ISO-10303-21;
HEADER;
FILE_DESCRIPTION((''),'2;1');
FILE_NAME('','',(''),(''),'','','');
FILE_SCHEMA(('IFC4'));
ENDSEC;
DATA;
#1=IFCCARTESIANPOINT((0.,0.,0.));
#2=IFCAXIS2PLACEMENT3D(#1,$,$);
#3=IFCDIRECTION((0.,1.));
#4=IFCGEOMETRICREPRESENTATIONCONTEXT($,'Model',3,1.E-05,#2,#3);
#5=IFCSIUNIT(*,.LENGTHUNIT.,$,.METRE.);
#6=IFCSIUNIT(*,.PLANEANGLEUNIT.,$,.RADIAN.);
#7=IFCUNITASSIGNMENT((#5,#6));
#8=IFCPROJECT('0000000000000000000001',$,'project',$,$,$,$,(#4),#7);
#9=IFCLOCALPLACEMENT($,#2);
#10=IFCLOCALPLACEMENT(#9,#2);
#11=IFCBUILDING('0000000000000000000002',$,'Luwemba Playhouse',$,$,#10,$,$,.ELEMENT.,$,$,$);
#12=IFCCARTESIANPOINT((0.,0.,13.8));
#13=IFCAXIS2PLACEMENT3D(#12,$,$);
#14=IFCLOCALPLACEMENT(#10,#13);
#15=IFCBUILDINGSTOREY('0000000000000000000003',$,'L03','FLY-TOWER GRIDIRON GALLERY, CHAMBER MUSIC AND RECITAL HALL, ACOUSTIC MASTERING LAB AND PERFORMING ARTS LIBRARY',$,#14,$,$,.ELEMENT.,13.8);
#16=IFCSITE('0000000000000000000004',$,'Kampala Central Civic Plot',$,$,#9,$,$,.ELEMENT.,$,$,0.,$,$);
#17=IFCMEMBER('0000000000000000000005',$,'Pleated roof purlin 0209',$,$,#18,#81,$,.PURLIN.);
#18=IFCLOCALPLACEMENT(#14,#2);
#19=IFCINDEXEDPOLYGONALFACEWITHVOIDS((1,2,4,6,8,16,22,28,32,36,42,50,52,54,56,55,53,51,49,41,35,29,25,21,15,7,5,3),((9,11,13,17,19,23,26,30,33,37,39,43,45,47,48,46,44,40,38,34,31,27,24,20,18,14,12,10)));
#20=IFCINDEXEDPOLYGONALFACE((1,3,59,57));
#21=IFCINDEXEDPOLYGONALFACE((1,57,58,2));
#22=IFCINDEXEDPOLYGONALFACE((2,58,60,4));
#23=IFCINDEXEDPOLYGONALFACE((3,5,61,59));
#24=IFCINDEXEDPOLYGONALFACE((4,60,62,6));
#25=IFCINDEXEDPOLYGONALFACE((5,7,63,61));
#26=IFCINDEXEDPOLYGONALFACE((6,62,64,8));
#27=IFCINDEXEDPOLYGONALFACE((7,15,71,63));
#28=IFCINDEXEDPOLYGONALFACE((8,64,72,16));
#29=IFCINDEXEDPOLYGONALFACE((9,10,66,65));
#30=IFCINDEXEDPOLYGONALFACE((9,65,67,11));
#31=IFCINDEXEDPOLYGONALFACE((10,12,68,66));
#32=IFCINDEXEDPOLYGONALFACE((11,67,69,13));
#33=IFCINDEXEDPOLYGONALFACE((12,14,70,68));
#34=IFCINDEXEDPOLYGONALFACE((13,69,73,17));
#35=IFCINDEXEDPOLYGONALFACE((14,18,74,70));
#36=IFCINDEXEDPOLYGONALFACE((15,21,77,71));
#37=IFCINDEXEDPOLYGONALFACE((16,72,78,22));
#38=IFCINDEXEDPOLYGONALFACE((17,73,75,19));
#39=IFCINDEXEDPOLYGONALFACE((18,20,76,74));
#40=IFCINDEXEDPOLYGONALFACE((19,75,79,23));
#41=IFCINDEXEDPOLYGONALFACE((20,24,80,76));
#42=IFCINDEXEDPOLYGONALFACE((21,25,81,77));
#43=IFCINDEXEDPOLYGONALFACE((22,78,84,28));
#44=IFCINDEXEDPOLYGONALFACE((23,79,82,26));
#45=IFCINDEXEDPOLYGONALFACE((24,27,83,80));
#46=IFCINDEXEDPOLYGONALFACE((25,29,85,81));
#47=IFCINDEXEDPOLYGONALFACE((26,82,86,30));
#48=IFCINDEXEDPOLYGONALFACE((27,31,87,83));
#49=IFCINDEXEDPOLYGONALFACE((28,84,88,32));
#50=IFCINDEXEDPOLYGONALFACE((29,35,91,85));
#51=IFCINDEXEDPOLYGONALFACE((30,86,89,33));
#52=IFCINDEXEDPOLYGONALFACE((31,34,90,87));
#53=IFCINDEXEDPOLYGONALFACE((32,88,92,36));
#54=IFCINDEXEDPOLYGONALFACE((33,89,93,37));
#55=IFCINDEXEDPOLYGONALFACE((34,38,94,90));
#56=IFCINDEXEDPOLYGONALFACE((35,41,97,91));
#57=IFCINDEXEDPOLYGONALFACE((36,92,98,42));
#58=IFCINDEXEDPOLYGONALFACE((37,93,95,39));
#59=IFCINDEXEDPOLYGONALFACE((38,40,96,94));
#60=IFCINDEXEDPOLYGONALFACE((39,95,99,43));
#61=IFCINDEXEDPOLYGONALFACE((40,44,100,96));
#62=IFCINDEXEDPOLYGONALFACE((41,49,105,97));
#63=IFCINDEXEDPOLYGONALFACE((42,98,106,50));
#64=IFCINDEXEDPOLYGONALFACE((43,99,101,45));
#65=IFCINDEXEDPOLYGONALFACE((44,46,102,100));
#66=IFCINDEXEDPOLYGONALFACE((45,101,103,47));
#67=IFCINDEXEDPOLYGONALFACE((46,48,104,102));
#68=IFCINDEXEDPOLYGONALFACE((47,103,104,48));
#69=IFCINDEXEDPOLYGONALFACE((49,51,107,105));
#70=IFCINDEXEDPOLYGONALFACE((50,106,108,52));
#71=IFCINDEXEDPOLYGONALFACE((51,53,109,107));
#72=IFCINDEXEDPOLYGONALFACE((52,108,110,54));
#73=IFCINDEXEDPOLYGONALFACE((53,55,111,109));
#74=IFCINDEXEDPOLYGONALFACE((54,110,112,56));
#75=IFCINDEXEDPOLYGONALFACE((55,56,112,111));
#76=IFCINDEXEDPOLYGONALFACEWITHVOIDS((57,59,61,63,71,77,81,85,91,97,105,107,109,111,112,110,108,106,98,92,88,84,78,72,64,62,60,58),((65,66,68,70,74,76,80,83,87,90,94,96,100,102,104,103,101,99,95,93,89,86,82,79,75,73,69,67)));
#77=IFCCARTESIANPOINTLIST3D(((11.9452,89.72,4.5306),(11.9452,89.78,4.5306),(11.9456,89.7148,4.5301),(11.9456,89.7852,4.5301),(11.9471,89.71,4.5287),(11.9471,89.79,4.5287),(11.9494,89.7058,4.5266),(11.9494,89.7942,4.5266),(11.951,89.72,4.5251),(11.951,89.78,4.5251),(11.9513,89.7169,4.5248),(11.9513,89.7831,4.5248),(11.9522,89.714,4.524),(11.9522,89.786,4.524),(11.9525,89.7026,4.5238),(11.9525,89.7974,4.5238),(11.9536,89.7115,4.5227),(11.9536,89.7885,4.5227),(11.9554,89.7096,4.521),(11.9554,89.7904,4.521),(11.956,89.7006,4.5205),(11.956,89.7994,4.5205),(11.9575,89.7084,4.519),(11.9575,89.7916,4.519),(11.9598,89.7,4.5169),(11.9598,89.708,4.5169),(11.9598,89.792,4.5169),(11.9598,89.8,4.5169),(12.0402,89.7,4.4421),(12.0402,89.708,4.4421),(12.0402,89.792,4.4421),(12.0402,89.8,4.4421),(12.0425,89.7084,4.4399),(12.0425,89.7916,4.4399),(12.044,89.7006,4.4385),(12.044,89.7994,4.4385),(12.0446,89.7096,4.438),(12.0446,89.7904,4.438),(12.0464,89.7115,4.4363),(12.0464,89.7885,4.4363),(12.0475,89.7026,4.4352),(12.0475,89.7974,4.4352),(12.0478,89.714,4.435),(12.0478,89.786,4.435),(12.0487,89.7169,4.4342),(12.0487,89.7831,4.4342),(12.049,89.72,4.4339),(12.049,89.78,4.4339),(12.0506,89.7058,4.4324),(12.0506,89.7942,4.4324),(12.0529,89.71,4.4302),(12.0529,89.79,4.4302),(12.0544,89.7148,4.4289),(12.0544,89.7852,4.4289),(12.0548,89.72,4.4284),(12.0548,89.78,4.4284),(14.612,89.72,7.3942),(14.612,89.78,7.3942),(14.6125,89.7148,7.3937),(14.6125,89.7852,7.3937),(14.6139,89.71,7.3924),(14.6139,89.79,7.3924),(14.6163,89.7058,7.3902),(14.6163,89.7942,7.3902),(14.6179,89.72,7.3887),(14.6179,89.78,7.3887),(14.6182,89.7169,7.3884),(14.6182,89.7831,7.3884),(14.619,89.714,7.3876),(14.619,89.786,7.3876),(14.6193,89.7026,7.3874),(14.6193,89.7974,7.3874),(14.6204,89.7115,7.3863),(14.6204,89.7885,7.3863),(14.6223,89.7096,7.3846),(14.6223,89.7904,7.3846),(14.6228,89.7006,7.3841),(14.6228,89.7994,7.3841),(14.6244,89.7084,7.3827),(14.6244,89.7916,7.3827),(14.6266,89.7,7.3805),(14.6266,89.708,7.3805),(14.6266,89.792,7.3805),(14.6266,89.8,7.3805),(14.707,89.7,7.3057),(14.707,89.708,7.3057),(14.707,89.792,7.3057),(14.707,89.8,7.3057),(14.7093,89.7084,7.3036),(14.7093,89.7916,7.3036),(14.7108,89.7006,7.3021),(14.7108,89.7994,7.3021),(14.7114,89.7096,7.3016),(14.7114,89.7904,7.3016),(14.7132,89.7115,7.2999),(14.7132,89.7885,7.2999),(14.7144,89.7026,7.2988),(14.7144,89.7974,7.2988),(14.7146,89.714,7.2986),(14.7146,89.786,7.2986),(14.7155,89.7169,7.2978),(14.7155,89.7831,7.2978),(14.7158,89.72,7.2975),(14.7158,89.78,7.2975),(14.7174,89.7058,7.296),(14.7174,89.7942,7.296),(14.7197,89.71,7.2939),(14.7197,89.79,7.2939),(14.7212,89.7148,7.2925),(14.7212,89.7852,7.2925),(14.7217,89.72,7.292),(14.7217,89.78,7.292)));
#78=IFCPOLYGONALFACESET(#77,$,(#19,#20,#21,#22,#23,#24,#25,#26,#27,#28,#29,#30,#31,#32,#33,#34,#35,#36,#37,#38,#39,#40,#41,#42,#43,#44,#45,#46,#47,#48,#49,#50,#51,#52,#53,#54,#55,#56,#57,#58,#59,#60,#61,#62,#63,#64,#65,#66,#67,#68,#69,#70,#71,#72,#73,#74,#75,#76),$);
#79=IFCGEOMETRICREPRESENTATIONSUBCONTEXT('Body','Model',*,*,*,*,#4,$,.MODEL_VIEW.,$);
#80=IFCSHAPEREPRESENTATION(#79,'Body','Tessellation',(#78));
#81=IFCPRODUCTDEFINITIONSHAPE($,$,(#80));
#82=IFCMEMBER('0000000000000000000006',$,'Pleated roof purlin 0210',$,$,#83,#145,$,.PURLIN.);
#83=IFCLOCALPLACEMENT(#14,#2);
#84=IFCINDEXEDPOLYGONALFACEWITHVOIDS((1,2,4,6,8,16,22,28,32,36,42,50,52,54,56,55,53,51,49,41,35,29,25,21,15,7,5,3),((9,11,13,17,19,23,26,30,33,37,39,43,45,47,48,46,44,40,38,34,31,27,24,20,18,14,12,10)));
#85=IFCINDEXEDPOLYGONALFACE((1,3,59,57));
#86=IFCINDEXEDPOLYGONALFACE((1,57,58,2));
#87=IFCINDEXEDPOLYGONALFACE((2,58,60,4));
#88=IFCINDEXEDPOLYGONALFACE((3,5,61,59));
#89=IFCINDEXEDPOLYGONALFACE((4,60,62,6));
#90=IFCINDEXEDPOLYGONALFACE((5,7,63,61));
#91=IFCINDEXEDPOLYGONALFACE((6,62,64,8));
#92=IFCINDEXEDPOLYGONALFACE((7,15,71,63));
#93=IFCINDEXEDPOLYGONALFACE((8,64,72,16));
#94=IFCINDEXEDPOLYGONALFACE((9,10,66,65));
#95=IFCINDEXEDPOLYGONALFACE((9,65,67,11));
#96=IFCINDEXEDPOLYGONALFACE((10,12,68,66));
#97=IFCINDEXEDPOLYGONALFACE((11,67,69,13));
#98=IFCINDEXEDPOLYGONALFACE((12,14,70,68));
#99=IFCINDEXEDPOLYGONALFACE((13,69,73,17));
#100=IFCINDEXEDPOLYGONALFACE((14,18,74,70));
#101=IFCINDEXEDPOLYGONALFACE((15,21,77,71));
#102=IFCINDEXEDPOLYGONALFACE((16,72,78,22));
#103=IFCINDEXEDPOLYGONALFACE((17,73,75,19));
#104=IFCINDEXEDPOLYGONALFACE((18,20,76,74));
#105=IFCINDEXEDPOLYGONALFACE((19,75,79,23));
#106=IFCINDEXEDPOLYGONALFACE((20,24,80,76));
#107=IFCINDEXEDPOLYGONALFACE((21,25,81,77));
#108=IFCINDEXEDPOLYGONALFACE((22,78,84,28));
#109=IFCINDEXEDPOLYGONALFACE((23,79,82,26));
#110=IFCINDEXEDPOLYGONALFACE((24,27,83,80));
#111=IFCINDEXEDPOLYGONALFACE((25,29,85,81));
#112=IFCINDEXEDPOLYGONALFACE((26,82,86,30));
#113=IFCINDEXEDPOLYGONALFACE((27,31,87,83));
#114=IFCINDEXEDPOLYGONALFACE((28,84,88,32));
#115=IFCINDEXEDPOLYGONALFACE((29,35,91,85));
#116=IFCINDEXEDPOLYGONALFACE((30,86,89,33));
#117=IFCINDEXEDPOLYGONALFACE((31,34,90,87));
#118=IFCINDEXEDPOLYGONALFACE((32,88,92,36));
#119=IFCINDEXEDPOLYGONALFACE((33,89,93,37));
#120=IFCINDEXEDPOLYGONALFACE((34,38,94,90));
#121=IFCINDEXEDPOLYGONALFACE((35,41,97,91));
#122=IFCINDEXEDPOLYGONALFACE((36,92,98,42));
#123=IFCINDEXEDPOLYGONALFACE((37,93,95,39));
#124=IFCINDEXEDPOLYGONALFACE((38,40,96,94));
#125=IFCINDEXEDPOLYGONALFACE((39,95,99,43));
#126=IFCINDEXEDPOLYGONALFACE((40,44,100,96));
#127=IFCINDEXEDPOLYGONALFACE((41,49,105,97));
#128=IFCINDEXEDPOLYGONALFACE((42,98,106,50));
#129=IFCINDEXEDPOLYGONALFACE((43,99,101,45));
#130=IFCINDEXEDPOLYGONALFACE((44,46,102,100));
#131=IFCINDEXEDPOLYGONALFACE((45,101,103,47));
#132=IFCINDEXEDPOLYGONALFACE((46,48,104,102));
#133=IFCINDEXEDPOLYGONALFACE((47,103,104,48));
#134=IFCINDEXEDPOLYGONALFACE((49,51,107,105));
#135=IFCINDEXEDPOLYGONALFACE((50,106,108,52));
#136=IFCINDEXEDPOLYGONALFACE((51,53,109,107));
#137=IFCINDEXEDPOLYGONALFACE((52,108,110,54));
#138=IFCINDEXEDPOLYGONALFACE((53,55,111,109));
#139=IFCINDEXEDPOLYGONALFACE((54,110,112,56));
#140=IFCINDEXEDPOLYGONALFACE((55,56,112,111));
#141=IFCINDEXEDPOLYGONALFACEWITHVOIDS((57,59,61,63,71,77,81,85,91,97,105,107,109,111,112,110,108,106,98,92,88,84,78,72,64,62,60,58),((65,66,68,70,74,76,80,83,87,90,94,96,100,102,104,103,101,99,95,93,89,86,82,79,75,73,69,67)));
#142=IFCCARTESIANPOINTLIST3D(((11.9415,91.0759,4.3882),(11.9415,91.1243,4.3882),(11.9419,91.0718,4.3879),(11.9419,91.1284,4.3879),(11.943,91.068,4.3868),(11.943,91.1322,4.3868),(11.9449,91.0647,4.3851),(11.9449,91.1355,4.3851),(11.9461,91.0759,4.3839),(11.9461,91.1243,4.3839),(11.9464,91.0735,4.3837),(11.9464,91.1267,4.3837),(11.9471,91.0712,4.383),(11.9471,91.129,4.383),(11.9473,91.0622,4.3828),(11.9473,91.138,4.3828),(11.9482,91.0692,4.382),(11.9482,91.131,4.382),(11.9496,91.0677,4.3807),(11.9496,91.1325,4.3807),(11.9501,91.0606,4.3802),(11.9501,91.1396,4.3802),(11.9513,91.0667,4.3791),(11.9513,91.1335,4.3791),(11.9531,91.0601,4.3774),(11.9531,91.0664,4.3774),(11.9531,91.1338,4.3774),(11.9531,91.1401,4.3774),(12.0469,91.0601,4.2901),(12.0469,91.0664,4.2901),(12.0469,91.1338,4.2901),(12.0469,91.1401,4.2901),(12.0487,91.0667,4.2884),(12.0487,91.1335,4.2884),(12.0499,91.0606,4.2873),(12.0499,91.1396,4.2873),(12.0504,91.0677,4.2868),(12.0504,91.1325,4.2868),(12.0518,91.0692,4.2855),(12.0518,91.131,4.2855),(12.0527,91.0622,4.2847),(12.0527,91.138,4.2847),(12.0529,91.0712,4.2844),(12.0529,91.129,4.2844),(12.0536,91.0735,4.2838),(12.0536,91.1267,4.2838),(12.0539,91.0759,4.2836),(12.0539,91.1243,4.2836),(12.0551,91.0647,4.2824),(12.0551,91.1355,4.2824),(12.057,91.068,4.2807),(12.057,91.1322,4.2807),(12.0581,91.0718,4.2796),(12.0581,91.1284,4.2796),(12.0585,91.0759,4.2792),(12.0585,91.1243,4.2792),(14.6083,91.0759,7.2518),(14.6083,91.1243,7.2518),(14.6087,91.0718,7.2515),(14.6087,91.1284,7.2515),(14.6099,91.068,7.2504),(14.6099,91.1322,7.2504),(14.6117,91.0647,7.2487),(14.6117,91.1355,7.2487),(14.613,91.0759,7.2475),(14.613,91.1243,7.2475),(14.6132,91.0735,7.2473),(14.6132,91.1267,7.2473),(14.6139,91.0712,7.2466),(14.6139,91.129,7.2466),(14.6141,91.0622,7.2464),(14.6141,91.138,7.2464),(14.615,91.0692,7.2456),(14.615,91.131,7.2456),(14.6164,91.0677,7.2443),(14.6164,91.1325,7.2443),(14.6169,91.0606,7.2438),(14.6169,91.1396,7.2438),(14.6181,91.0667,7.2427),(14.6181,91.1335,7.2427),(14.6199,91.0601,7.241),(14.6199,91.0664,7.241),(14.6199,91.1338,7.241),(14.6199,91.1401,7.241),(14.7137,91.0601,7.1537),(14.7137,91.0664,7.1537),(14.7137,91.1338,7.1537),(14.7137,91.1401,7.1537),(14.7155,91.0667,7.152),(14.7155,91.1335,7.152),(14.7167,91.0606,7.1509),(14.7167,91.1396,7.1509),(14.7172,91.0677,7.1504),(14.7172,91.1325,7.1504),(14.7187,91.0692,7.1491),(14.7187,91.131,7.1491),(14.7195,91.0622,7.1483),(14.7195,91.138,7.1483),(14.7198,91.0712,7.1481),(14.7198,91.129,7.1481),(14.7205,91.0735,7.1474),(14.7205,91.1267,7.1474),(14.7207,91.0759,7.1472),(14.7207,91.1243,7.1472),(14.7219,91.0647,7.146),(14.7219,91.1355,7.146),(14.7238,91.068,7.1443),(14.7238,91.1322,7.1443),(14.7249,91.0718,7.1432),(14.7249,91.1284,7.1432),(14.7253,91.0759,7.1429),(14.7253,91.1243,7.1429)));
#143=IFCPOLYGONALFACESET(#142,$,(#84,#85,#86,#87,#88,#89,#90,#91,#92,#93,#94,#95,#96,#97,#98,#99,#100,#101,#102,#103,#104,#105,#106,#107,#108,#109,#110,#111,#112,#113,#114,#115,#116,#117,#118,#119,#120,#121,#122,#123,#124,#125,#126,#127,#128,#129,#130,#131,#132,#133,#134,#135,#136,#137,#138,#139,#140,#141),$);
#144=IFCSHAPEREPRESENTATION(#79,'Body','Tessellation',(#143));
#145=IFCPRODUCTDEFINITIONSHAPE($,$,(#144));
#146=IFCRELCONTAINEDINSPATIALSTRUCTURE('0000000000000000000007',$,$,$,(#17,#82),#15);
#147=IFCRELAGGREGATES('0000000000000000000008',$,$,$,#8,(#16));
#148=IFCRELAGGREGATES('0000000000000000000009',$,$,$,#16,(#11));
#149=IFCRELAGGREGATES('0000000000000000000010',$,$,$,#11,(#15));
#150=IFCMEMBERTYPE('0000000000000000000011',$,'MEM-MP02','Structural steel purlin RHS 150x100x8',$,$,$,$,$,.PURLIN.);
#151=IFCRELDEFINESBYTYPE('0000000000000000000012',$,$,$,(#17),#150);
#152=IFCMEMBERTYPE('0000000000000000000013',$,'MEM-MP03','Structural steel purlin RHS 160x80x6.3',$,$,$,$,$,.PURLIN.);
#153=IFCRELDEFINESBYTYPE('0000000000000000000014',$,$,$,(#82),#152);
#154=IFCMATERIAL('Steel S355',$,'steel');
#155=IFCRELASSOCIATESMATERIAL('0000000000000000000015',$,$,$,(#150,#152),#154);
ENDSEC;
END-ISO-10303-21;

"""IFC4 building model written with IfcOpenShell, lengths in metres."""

from ifc_helpers import new_model, si_unit, direction, frame, origin, origin_2d, place, context, subcontext, project, spatial, hollow_rectangle, extrude, material, material_profile, profile_set, type_object, element, save


model = new_model("IFC4")

# Units and contexts
model_context = context("Model", 3, precision=1e-05, world=origin(), true_north=direction((0.0, 1.0)))
body_context = subcontext(model_context, "Body", "Model", "MODEL_VIEW")
ifc_project = project(units=[si_unit("LENGTHUNIT", "METRE"), si_unit("PLANEANGLEUNIT", "RADIAN")], contexts=[model_context])

# Site, building, storey
site_placement = place(None, origin())
site = spatial("IfcSite", under=ifc_project, at=site_placement, Name="Kampala Central Civic Plot", CompositionType="ELEMENT", RefElevation=0.0)
building_placement = place(site_placement, origin())
building = spatial("IfcBuilding", under=site, at=building_placement, Name="Luwemba Playhouse", CompositionType="ELEMENT")
storey_placement = place(building_placement, frame((0.0, 0.0, 13.8)))
storey = spatial("IfcBuildingStorey", under=building, at=storey_placement, Name="L03", Description="FLY-TOWER GRIDIRON GALLERY, CHAMBER MUSIC AND RECITAL HALL, ACOUSTIC MASTERING LAB AND PERFORMING ARTS LIBRARY", CompositionType="ELEMENT", Elevation=13.8)

# Shared definitions
ifc_material_1 = material(Name="Steel S355", Category="steel")

# Members
ifc_material_profile_1 = material_profile(ifc_material_1, hollow_rectangle(XDim=0.1001, YDim=0.1499, WallThickness=0.0081, InnerFilletRadius=0.012, OuterFilletRadius=0.02, at=origin_2d()))
ifc_profile_set_1 = profile_set([ifc_material_profile_1], Name="Steel S355")
member_type_1 = type_object("IfcMemberType", Name="MEM-MP02", Description="Structural steel purlin RHS 150x100x8", PredefinedType="PURLIN", material=ifc_profile_set_1)
member_1_placement = place(storey_placement, frame((12.0, 89.75, 4.4795), z_axis=(0.681515, 0.0, 0.731804), x_axis=(0.0, 1.0, 0.0)))
element("IfcMember", 1, at=member_1_placement, inside=storey, type_object=member_type_1, Name="Pleated roof purlin 0209", PredefinedType="PURLIN", context=body_context, shape_type="SweptSolid", body=[
    extrude(hollow_rectangle(XDim=0.1001, YDim=0.1499, WallThickness=0.0081, InnerFilletRadius=0.012, OuterFilletRadius=0.02, at=origin_2d()), origin(), (0.0, 0.0, 1.0), 3.9131),
])
ifc_material_profile_2 = material_profile(ifc_material_1, hollow_rectangle(XDim=0.0801, YDim=0.1599, WallThickness=0.0063, InnerFilletRadius=0.0095, OuterFilletRadius=0.0159, at=origin_2d()))
ifc_profile_set_2 = profile_set([ifc_material_profile_2], Name="Steel S355")
member_type_2 = type_object("IfcMemberType", Name="MEM-MP03", Description="Structural steel purlin RHS 160x80x6.3", PredefinedType="PURLIN", material=ifc_profile_set_2)
for number, where, z_axis, x_axis, name in (
    (2, (12.0, 91.1001, 4.3337), (0.681515, 0.0, 0.731804), (0.0, 1.0, 0.0), "Pleated roof purlin 0210"),
):
    element("IfcMember", number, at=place(storey_placement, frame(where, z_axis=z_axis, x_axis=x_axis)), inside=storey, type_object=member_type_2, Name=name, PredefinedType="PURLIN", context=body_context, shape_type="SweptSolid", body=[
        extrude(hollow_rectangle(XDim=0.0801, YDim=0.1599, WallThickness=0.0063, InnerFilletRadius=0.0095, OuterFilletRadius=0.0159, at=origin_2d()), origin(), (0.0, 0.0, 1.0), 3.9131),
    ])

save(model, "model.ifc")
